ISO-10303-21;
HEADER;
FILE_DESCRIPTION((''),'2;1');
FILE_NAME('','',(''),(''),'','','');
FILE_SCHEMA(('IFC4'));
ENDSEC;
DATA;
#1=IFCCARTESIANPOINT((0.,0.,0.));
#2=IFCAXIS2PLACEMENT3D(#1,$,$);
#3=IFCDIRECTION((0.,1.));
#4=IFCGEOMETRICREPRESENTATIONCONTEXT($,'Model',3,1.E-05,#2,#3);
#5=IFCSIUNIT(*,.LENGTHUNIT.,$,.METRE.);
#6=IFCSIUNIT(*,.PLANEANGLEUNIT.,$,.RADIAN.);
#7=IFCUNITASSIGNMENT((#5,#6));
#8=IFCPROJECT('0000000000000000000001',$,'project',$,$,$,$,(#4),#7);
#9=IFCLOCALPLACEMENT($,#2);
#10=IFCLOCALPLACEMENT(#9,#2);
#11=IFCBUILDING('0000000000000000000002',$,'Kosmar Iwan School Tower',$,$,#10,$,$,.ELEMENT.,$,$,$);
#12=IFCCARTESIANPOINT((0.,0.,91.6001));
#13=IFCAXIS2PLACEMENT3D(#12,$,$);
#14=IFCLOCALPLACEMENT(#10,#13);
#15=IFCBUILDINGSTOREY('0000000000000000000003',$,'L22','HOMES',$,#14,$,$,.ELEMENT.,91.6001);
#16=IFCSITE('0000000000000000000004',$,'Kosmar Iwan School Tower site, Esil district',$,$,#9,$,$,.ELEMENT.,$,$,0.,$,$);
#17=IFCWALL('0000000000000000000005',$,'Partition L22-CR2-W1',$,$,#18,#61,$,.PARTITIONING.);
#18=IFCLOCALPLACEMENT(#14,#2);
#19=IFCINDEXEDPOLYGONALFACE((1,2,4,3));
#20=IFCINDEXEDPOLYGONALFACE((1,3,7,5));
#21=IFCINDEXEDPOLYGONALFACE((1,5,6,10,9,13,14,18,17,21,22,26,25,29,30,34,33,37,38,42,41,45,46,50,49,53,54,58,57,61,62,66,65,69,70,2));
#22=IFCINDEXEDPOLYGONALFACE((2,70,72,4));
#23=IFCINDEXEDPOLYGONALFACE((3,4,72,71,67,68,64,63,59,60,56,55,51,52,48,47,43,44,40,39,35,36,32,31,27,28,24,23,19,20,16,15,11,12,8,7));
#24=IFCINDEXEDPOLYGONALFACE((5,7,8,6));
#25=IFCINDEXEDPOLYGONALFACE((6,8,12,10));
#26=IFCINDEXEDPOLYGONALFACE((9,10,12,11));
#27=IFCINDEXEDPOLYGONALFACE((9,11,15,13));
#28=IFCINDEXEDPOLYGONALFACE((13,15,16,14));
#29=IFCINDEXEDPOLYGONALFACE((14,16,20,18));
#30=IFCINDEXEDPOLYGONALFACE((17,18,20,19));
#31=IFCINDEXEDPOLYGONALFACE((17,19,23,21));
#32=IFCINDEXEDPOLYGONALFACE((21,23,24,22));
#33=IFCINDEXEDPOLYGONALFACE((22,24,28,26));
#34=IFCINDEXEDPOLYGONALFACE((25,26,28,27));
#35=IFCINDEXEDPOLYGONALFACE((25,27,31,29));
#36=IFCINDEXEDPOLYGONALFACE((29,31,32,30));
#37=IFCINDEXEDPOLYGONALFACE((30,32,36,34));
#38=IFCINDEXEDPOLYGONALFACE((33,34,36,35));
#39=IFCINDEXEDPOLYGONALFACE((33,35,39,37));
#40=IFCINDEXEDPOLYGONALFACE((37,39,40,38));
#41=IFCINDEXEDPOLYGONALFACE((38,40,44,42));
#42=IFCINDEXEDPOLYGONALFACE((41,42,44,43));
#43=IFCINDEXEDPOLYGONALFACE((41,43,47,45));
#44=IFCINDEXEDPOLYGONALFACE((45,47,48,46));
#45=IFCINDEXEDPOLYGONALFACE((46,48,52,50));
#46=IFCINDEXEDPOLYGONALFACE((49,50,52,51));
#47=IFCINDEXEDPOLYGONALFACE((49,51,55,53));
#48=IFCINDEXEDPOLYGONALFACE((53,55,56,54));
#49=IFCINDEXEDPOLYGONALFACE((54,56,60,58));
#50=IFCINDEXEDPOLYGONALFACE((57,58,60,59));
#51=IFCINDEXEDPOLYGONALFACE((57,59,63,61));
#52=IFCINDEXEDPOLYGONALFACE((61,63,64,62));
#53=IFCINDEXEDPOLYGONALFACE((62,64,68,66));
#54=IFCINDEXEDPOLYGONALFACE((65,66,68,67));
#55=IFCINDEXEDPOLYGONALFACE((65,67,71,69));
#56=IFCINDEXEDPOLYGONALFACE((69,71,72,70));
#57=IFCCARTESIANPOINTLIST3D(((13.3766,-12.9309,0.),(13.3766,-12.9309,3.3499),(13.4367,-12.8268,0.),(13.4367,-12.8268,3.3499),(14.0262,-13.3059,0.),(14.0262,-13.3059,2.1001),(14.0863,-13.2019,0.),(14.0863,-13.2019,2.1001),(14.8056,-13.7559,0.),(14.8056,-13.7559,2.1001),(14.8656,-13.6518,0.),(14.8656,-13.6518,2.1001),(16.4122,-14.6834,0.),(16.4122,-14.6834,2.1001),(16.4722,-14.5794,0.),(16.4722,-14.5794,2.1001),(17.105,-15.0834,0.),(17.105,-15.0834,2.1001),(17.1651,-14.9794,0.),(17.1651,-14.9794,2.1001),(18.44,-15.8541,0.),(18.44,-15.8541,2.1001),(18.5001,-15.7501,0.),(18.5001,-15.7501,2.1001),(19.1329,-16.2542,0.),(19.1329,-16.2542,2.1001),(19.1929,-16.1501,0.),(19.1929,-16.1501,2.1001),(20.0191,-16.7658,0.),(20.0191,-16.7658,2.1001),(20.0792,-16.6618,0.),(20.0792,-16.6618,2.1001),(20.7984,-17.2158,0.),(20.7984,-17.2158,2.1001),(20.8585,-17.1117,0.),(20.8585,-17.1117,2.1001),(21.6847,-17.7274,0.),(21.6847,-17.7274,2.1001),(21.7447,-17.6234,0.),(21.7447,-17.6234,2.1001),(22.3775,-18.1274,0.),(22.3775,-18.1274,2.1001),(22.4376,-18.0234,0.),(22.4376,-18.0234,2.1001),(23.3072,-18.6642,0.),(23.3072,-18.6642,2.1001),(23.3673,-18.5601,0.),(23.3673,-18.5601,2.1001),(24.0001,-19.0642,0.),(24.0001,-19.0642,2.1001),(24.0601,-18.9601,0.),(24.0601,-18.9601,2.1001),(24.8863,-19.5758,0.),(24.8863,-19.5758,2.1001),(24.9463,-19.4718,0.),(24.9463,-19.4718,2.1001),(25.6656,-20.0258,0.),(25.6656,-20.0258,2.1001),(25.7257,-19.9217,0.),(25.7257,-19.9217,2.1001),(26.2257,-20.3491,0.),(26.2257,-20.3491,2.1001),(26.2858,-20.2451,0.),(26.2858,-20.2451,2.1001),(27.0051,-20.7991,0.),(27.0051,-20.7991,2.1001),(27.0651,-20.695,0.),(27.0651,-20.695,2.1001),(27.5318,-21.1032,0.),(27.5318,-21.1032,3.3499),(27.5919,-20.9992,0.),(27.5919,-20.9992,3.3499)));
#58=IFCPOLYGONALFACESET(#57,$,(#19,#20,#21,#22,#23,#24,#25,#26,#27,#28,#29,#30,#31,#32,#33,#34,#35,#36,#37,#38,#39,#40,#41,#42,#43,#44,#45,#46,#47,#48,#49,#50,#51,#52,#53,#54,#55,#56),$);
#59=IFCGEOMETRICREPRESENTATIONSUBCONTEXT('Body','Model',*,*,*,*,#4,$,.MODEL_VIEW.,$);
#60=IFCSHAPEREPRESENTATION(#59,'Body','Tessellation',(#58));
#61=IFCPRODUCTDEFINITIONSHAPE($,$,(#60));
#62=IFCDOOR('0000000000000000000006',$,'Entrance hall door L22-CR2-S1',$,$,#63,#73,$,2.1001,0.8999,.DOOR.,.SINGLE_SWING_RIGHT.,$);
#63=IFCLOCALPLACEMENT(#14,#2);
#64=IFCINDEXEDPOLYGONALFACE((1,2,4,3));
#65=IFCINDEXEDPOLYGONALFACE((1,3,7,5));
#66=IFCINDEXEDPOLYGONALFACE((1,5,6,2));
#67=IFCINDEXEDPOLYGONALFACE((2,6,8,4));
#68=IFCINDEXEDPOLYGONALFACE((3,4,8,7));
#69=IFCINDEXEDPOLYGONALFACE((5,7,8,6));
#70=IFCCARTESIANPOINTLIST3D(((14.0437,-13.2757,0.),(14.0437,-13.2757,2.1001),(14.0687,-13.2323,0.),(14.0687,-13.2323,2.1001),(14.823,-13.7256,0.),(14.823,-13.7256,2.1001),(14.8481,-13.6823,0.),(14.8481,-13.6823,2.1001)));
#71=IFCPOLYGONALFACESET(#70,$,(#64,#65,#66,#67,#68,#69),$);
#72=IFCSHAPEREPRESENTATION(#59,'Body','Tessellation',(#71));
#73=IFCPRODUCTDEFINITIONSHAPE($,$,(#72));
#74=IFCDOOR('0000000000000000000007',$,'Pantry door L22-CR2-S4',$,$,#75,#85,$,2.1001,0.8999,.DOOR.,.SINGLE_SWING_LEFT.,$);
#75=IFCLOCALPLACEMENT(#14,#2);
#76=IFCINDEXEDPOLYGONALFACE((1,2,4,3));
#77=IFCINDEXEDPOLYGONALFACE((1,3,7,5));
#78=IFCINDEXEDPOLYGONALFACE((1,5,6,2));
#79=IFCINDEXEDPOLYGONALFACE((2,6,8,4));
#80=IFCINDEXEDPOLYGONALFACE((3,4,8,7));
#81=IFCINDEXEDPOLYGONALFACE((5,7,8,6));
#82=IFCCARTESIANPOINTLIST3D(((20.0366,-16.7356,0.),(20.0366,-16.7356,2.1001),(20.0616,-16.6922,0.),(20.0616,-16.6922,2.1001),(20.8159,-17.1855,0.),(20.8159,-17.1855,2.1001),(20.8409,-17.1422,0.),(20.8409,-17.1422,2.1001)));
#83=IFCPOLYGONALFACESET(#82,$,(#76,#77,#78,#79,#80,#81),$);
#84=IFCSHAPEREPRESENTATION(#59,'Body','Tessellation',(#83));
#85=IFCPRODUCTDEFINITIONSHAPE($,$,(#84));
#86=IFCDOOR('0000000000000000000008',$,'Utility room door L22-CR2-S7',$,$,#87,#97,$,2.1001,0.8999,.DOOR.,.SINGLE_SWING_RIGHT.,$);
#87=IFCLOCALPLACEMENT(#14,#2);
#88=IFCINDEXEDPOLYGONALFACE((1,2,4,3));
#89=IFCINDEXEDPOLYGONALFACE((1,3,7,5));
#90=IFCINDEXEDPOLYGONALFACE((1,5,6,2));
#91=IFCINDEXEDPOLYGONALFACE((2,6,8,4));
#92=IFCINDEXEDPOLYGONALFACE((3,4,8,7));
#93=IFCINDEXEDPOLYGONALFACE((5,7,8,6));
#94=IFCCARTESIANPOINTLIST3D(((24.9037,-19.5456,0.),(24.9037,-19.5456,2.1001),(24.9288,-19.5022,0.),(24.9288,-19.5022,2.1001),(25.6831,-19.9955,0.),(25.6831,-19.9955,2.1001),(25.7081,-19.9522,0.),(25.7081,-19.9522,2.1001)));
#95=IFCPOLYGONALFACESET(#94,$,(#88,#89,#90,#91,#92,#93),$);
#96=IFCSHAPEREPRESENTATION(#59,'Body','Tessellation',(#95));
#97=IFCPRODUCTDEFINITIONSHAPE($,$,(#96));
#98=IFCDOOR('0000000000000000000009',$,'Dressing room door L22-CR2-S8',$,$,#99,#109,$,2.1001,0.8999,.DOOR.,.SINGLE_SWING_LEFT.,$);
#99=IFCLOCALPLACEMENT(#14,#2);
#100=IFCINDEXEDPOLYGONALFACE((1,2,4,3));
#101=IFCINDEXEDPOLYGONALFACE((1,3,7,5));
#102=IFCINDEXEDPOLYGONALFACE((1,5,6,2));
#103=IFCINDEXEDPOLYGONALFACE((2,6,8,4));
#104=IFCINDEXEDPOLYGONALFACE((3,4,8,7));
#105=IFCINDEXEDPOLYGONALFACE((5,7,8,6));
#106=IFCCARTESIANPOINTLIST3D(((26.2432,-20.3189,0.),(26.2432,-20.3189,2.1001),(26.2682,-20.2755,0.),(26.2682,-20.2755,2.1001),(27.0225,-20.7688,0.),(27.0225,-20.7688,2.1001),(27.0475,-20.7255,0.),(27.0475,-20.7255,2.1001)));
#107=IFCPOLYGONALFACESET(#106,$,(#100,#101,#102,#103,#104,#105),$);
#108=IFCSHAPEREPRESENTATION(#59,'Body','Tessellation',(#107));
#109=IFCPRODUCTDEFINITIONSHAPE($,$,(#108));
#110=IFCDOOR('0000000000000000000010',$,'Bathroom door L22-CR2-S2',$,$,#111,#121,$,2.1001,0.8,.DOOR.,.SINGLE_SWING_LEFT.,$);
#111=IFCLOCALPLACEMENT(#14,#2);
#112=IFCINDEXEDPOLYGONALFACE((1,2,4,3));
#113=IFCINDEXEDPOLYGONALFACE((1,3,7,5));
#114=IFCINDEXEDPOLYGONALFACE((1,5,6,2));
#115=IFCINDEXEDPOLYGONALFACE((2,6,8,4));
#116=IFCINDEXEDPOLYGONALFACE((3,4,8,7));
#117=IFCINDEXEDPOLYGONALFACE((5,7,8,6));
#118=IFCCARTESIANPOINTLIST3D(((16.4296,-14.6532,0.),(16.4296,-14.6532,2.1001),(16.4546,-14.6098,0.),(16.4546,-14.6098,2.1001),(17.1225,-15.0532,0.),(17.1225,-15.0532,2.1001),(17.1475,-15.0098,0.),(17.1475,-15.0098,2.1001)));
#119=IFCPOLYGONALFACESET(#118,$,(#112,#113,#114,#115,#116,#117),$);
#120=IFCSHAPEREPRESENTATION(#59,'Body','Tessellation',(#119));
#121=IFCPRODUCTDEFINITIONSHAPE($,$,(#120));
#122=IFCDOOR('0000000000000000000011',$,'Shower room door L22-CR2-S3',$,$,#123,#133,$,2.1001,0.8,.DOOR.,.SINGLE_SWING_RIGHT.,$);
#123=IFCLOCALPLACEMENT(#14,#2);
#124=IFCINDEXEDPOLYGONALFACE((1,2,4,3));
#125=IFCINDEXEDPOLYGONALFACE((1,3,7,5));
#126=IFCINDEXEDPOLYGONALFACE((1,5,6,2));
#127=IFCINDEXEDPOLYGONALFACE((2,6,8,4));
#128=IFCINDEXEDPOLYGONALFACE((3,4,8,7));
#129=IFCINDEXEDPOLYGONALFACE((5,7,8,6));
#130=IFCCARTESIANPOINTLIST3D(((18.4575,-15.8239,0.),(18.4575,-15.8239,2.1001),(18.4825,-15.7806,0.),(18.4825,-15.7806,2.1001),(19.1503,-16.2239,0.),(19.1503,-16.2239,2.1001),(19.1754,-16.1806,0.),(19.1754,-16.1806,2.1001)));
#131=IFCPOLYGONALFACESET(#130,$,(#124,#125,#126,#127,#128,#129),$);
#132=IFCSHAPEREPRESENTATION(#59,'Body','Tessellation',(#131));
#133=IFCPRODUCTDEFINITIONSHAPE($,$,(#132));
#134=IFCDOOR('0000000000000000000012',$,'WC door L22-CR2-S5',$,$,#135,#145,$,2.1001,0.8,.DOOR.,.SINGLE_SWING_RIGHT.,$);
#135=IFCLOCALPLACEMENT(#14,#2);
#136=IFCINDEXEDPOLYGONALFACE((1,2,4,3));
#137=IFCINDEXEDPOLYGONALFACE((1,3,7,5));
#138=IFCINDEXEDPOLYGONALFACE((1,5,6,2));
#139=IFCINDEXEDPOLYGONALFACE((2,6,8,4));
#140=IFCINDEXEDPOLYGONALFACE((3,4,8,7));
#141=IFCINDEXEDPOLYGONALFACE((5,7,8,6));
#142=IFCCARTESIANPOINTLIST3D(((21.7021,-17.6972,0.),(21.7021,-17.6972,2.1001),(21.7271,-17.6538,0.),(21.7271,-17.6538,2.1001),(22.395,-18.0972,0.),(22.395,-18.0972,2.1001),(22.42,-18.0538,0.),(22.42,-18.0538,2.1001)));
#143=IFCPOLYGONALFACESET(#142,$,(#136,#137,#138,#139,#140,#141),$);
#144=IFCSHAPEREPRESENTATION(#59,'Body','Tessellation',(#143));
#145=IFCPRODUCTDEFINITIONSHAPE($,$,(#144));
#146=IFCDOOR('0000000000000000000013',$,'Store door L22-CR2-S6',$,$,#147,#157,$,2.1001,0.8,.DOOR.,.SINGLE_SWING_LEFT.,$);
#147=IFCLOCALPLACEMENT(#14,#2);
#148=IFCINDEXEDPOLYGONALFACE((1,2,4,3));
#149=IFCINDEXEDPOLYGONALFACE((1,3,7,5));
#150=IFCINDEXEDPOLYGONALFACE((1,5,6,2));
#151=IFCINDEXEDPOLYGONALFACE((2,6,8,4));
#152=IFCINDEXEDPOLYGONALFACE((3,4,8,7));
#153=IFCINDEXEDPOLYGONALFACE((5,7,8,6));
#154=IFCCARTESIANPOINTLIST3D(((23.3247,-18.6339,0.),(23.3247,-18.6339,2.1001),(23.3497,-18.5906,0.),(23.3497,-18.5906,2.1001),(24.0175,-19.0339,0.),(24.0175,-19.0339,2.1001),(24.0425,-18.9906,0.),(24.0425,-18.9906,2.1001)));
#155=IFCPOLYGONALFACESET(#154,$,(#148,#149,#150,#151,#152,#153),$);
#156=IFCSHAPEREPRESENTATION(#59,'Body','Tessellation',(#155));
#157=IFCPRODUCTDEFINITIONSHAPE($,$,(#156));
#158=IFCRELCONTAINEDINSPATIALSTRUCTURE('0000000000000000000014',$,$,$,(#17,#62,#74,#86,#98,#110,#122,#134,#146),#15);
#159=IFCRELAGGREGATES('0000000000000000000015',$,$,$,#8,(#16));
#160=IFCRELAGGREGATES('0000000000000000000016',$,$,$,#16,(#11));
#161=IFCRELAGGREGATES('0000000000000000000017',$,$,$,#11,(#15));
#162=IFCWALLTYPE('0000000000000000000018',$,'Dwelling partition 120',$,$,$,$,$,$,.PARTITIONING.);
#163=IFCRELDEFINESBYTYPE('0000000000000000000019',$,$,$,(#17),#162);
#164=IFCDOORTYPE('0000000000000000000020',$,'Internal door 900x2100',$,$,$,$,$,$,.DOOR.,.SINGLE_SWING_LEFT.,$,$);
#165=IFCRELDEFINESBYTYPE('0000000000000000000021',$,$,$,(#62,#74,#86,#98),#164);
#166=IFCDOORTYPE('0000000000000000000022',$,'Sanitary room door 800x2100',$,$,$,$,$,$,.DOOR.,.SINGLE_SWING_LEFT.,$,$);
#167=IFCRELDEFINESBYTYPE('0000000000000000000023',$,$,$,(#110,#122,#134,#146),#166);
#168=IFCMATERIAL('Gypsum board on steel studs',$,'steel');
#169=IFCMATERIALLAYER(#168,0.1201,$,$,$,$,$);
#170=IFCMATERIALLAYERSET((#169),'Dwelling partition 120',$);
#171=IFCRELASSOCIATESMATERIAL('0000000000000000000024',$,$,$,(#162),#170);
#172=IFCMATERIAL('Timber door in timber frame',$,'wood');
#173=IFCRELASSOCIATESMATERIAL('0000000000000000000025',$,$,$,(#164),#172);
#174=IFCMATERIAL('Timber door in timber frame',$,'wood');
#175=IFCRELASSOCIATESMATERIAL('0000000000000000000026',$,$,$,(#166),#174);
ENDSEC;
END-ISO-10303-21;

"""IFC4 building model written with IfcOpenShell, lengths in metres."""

from ifc_helpers import new_model, si_unit, direction, frame, frame_2d, origin, place, context, subcontext, project, spatial, rectangle, extrude, material, layer, layer_set, type_object, element, fill, save


model = new_model("IFC4")

# Units and contexts
model_context = context("Model", 3, precision=1e-05, world=origin(), true_north=direction((0.0, 1.0)))
body_context = subcontext(model_context, "Body", "Model", "MODEL_VIEW")
ifc_project = project(units=[si_unit("LENGTHUNIT", "METRE"), si_unit("PLANEANGLEUNIT", "RADIAN")], contexts=[model_context])

# Site, building, storey
site_placement = place(None, origin())
site = spatial("IfcSite", under=ifc_project, at=site_placement, Name="Kosmar Iwan School Tower site, Esil district", CompositionType="ELEMENT", RefElevation=0.0)
building_placement = place(site_placement, origin())
building = spatial("IfcBuilding", under=site, at=building_placement, Name="Kosmar Iwan School Tower", CompositionType="ELEMENT")
storey_placement = place(building_placement, frame((0.0, 0.0, 91.6001)))
storey = spatial("IfcBuildingStorey", under=building, at=storey_placement, Name="L22", Description="HOMES", CompositionType="ELEMENT", Elevation=91.6001)

# Shared definitions
ifc_material_1 = material(Name="Gypsum board on steel studs", Category="steel")
ifc_layer = layer(ifc_material_1, 0.1201)
ifc_layer_set = layer_set([ifc_layer], Name="Dwelling partition 120")
wall_type = type_object("IfcWallType", Name="Dwelling partition 120", PredefinedType="PARTITIONING", material=ifc_layer_set)

# Wall, openings, doors
wall_1_placement = place(storey_placement, frame((13.4067, -12.8789, 0.0), z_axis=(0.0, 0.0, 1.0), x_axis=(0.86603, -0.499991, 0.0)))
wall_1 = element("IfcWall", 1, at=wall_1_placement, inside=storey, type_object=wall_type, Name="Partition L22-CR2-W1", PredefinedType="PARTITIONING", context=body_context, shape_type="SweptSolid", body=[
    extrude(rectangle(XDim=16.345, YDim=0.1201, at=frame_2d((8.1724, 0.0))), origin(), (0.0, 0.0, 1.0), 3.3499),
])
opening_1_placement = place(wall_1_placement, frame((0.75, 0.0, 0.0)))
opening_1 = element("IfcOpeningElement", 2, at=opening_1_placement, cuts=wall_1, PredefinedType="OPENING", context=body_context, shape_type="SweptSolid", body=[
    extrude(rectangle(XDim=0.8999, YDim=2.1001, at=frame_2d((0.45, 1.05))), frame((0.0, 0.072, 0.0), z_axis=(0.0, -1.0, 0.0), x_axis=(1.0, 0.0, 0.0)), (0.0, 0.0, 1.0), 0.144),
])
opening_2_placement = place(wall_1_placement, frame((3.5051, 0.0, 0.0)))
opening_2 = element("IfcOpeningElement", 3, at=opening_2_placement, cuts=wall_1, PredefinedType="OPENING", context=body_context, shape_type="SweptSolid", body=[
    extrude(rectangle(XDim=0.8, YDim=2.1001, at=frame_2d((0.3999, 1.05))), frame((0.0, 0.072, 0.0), z_axis=(0.0, -1.0, 0.0), x_axis=(1.0, 0.0, 0.0)), (0.0, 0.0, 1.0), 0.144),
])
opening_3_placement = place(wall_1_placement, frame((5.8467, 0.0, 0.0)))
opening_3 = element("IfcOpeningElement", 4, at=opening_3_placement, cuts=wall_1, PredefinedType="OPENING", context=body_context, shape_type="SweptSolid", body=[
    extrude(rectangle(XDim=0.8, YDim=2.1001, at=frame_2d((0.3999, 1.05))), frame((0.0, 0.072, 0.0), z_axis=(0.0, -1.0, 0.0), x_axis=(1.0, 0.0, 0.0)), (0.0, 0.0, 1.0), 0.144),
])
opening_4_placement = place(wall_1_placement, frame((7.6699, 0.0, 0.0)))
opening_4 = element("IfcOpeningElement", 5, at=opening_4_placement, cuts=wall_1, PredefinedType="OPENING", context=body_context, shape_type="SweptSolid", body=[
    extrude(rectangle(XDim=0.8999, YDim=2.1001, at=frame_2d((0.45, 1.05))), frame((0.0, 0.072, 0.0), z_axis=(0.0, -1.0, 0.0), x_axis=(1.0, 0.0, 0.0)), (0.0, 0.0, 1.0), 0.144),
])
opening_5_placement = place(wall_1_placement, frame((9.5933, 0.0, 0.0)))
opening_5 = element("IfcOpeningElement", 6, at=opening_5_placement, cuts=wall_1, PredefinedType="OPENING", context=body_context, shape_type="SweptSolid", body=[
    extrude(rectangle(XDim=0.8, YDim=2.1001, at=frame_2d((0.3999, 1.05))), frame((0.0, 0.072, 0.0), z_axis=(0.0, -1.0, 0.0), x_axis=(1.0, 0.0, 0.0)), (0.0, 0.0, 1.0), 0.144),
])
opening_6_placement = place(wall_1_placement, frame((11.4668, 0.0, 0.0)))
opening_6 = element("IfcOpeningElement", 7, at=opening_6_placement, cuts=wall_1, PredefinedType="OPENING", context=body_context, shape_type="SweptSolid", body=[
    extrude(rectangle(XDim=0.8, YDim=2.1001, at=frame_2d((0.3999, 1.05))), frame((0.0, 0.072, 0.0), z_axis=(0.0, -1.0, 0.0), x_axis=(1.0, 0.0, 0.0)), (0.0, 0.0, 1.0), 0.144),
])
opening_7_placement = place(wall_1_placement, frame((13.29, 0.0, 0.0)))
opening_7 = element("IfcOpeningElement", 8, at=opening_7_placement, cuts=wall_1, PredefinedType="OPENING", context=body_context, shape_type="SweptSolid", body=[
    extrude(rectangle(XDim=0.8999, YDim=2.1001, at=frame_2d((0.45, 1.05))), frame((0.0, 0.072, 0.0), z_axis=(0.0, -1.0, 0.0), x_axis=(1.0, 0.0, 0.0)), (0.0, 0.0, 1.0), 0.144),
])
opening_8_placement = place(wall_1_placement, frame((14.8367, 0.0, 0.0)))
opening_8 = element("IfcOpeningElement", 9, at=opening_8_placement, cuts=wall_1, PredefinedType="OPENING", context=body_context, shape_type="SweptSolid", body=[
    extrude(rectangle(XDim=0.8999, YDim=2.1001, at=frame_2d((0.45, 1.05))), frame((0.0, 0.072, 0.0), z_axis=(0.0, -1.0, 0.0), x_axis=(1.0, 0.0, 0.0)), (0.0, 0.0, 1.0), 0.144),
])
ifc_material_2 = material(Name="Timber door in timber frame", Category="wood")
door_type_1 = type_object("IfcDoorType", Name="Internal door 900x2100", OperationType="SINGLE_SWING_LEFT", PredefinedType="DOOR", material=ifc_material_2)
door_1_placement = place(opening_1_placement, origin())
door_1 = element("IfcDoor", 10, at=door_1_placement, inside=storey, type_object=door_type_1, Name="Entrance hall door L22-CR2-S1", OperationType="SINGLE_SWING_RIGHT", OverallHeight=2.1001, OverallWidth=0.8999, PredefinedType="DOOR", context=body_context, shape_type="SweptSolid", body=[
    extrude(rectangle(XDim=0.8999, YDim=2.1001, at=frame_2d((0.45, 1.05))), frame((0.0, 0.0249, 0.0), z_axis=(0.0, -1.0, 0.0), x_axis=(1.0, 0.0, 0.0)), (0.0, 0.0, 1.0), 0.05),
])
fill(opening_1, door_1)
door_2_placement = place(opening_4_placement, origin())
door_2 = element("IfcDoor", 11, at=door_2_placement, inside=storey, type_object=door_type_1, Name="Pantry door L22-CR2-S4", OperationType="SINGLE_SWING_LEFT", OverallHeight=2.1001, OverallWidth=0.8999, PredefinedType="DOOR", context=body_context, shape_type="SweptSolid", body=[
    extrude(rectangle(XDim=0.8999, YDim=2.1001, at=frame_2d((0.45, 1.05))), frame((0.0, 0.0249, 0.0), z_axis=(0.0, -1.0, 0.0), x_axis=(1.0, 0.0, 0.0)), (0.0, 0.0, 1.0), 0.05),
])
fill(opening_4, door_2)
door_3_placement = place(opening_7_placement, origin())
door_3 = element("IfcDoor", 12, at=door_3_placement, inside=storey, type_object=door_type_1, Name="Utility room door L22-CR2-S7", OperationType="SINGLE_SWING_RIGHT", OverallHeight=2.1001, OverallWidth=0.8999, PredefinedType="DOOR", context=body_context, shape_type="SweptSolid", body=[
    extrude(rectangle(XDim=0.8999, YDim=2.1001, at=frame_2d((0.45, 1.05))), frame((0.0, 0.0249, 0.0), z_axis=(0.0, -1.0, 0.0), x_axis=(1.0, 0.0, 0.0)), (0.0, 0.0, 1.0), 0.05),
])
fill(opening_7, door_3)
door_4_placement = place(opening_8_placement, origin())
door_4 = element("IfcDoor", 13, at=door_4_placement, inside=storey, type_object=door_type_1, Name="Dressing room door L22-CR2-S8", OperationType="SINGLE_SWING_LEFT", OverallHeight=2.1001, OverallWidth=0.8999, PredefinedType="DOOR", context=body_context, shape_type="SweptSolid", body=[
    extrude(rectangle(XDim=0.8999, YDim=2.1001, at=frame_2d((0.45, 1.05))), frame((0.0, 0.0249, 0.0), z_axis=(0.0, -1.0, 0.0), x_axis=(1.0, 0.0, 0.0)), (0.0, 0.0, 1.0), 0.05),
])
fill(opening_8, door_4)
ifc_material_3 = material(Name="Timber door in timber frame", Category="wood")
door_type_2 = type_object("IfcDoorType", Name="Sanitary room door 800x2100", OperationType="SINGLE_SWING_LEFT", PredefinedType="DOOR", material=ifc_material_3)
door_5_placement = place(opening_2_placement, origin())
door_5 = element("IfcDoor", 14, at=door_5_placement, inside=storey, type_object=door_type_2, Name="Bathroom door L22-CR2-S2", OperationType="SINGLE_SWING_LEFT", OverallHeight=2.1001, OverallWidth=0.8, PredefinedType="DOOR", context=body_context, shape_type="SweptSolid", body=[
    extrude(rectangle(XDim=0.8, YDim=2.1001, at=frame_2d((0.3999, 1.05))), frame((0.0, 0.0249, 0.0), z_axis=(0.0, -1.0, 0.0), x_axis=(1.0, 0.0, 0.0)), (0.0, 0.0, 1.0), 0.05),
])
fill(opening_2, door_5)
door_6_placement = place(opening_3_placement, origin())
door_6 = element("IfcDoor", 15, at=door_6_placement, inside=storey, type_object=door_type_2, Name="Shower room door L22-CR2-S3", OperationType="SINGLE_SWING_RIGHT", OverallHeight=2.1001, OverallWidth=0.8, PredefinedType="DOOR", context=body_context, shape_type="SweptSolid", body=[
    extrude(rectangle(XDim=0.8, YDim=2.1001, at=frame_2d((0.3999, 1.05))), frame((0.0, 0.0249, 0.0), z_axis=(0.0, -1.0, 0.0), x_axis=(1.0, 0.0, 0.0)), (0.0, 0.0, 1.0), 0.05),
])
fill(opening_3, door_6)
door_7_placement = place(opening_5_placement, origin())
door_7 = element("IfcDoor", 16, at=door_7_placement, inside=storey, type_object=door_type_2, Name="WC door L22-CR2-S5", OperationType="SINGLE_SWING_RIGHT", OverallHeight=2.1001, OverallWidth=0.8, PredefinedType="DOOR", context=body_context, shape_type="SweptSolid", body=[
    extrude(rectangle(XDim=0.8, YDim=2.1001, at=frame_2d((0.3999, 1.05))), frame((0.0, 0.0249, 0.0), z_axis=(0.0, -1.0, 0.0), x_axis=(1.0, 0.0, 0.0)), (0.0, 0.0, 1.0), 0.05),
])
fill(opening_5, door_7)
door_8_placement = place(opening_6_placement, origin())
door_8 = element("IfcDoor", 17, at=door_8_placement, inside=storey, type_object=door_type_2, Name="Store door L22-CR2-S6", OperationType="SINGLE_SWING_LEFT", OverallHeight=2.1001, OverallWidth=0.8, PredefinedType="DOOR", context=body_context, shape_type="SweptSolid", body=[
    extrude(rectangle(XDim=0.8, YDim=2.1001, at=frame_2d((0.3999, 1.05))), frame((0.0, 0.0249, 0.0), z_axis=(0.0, -1.0, 0.0), x_axis=(1.0, 0.0, 0.0)), (0.0, 0.0, 1.0), 0.05),
])
fill(opening_6, door_8)

save(model, "model.ifc")
